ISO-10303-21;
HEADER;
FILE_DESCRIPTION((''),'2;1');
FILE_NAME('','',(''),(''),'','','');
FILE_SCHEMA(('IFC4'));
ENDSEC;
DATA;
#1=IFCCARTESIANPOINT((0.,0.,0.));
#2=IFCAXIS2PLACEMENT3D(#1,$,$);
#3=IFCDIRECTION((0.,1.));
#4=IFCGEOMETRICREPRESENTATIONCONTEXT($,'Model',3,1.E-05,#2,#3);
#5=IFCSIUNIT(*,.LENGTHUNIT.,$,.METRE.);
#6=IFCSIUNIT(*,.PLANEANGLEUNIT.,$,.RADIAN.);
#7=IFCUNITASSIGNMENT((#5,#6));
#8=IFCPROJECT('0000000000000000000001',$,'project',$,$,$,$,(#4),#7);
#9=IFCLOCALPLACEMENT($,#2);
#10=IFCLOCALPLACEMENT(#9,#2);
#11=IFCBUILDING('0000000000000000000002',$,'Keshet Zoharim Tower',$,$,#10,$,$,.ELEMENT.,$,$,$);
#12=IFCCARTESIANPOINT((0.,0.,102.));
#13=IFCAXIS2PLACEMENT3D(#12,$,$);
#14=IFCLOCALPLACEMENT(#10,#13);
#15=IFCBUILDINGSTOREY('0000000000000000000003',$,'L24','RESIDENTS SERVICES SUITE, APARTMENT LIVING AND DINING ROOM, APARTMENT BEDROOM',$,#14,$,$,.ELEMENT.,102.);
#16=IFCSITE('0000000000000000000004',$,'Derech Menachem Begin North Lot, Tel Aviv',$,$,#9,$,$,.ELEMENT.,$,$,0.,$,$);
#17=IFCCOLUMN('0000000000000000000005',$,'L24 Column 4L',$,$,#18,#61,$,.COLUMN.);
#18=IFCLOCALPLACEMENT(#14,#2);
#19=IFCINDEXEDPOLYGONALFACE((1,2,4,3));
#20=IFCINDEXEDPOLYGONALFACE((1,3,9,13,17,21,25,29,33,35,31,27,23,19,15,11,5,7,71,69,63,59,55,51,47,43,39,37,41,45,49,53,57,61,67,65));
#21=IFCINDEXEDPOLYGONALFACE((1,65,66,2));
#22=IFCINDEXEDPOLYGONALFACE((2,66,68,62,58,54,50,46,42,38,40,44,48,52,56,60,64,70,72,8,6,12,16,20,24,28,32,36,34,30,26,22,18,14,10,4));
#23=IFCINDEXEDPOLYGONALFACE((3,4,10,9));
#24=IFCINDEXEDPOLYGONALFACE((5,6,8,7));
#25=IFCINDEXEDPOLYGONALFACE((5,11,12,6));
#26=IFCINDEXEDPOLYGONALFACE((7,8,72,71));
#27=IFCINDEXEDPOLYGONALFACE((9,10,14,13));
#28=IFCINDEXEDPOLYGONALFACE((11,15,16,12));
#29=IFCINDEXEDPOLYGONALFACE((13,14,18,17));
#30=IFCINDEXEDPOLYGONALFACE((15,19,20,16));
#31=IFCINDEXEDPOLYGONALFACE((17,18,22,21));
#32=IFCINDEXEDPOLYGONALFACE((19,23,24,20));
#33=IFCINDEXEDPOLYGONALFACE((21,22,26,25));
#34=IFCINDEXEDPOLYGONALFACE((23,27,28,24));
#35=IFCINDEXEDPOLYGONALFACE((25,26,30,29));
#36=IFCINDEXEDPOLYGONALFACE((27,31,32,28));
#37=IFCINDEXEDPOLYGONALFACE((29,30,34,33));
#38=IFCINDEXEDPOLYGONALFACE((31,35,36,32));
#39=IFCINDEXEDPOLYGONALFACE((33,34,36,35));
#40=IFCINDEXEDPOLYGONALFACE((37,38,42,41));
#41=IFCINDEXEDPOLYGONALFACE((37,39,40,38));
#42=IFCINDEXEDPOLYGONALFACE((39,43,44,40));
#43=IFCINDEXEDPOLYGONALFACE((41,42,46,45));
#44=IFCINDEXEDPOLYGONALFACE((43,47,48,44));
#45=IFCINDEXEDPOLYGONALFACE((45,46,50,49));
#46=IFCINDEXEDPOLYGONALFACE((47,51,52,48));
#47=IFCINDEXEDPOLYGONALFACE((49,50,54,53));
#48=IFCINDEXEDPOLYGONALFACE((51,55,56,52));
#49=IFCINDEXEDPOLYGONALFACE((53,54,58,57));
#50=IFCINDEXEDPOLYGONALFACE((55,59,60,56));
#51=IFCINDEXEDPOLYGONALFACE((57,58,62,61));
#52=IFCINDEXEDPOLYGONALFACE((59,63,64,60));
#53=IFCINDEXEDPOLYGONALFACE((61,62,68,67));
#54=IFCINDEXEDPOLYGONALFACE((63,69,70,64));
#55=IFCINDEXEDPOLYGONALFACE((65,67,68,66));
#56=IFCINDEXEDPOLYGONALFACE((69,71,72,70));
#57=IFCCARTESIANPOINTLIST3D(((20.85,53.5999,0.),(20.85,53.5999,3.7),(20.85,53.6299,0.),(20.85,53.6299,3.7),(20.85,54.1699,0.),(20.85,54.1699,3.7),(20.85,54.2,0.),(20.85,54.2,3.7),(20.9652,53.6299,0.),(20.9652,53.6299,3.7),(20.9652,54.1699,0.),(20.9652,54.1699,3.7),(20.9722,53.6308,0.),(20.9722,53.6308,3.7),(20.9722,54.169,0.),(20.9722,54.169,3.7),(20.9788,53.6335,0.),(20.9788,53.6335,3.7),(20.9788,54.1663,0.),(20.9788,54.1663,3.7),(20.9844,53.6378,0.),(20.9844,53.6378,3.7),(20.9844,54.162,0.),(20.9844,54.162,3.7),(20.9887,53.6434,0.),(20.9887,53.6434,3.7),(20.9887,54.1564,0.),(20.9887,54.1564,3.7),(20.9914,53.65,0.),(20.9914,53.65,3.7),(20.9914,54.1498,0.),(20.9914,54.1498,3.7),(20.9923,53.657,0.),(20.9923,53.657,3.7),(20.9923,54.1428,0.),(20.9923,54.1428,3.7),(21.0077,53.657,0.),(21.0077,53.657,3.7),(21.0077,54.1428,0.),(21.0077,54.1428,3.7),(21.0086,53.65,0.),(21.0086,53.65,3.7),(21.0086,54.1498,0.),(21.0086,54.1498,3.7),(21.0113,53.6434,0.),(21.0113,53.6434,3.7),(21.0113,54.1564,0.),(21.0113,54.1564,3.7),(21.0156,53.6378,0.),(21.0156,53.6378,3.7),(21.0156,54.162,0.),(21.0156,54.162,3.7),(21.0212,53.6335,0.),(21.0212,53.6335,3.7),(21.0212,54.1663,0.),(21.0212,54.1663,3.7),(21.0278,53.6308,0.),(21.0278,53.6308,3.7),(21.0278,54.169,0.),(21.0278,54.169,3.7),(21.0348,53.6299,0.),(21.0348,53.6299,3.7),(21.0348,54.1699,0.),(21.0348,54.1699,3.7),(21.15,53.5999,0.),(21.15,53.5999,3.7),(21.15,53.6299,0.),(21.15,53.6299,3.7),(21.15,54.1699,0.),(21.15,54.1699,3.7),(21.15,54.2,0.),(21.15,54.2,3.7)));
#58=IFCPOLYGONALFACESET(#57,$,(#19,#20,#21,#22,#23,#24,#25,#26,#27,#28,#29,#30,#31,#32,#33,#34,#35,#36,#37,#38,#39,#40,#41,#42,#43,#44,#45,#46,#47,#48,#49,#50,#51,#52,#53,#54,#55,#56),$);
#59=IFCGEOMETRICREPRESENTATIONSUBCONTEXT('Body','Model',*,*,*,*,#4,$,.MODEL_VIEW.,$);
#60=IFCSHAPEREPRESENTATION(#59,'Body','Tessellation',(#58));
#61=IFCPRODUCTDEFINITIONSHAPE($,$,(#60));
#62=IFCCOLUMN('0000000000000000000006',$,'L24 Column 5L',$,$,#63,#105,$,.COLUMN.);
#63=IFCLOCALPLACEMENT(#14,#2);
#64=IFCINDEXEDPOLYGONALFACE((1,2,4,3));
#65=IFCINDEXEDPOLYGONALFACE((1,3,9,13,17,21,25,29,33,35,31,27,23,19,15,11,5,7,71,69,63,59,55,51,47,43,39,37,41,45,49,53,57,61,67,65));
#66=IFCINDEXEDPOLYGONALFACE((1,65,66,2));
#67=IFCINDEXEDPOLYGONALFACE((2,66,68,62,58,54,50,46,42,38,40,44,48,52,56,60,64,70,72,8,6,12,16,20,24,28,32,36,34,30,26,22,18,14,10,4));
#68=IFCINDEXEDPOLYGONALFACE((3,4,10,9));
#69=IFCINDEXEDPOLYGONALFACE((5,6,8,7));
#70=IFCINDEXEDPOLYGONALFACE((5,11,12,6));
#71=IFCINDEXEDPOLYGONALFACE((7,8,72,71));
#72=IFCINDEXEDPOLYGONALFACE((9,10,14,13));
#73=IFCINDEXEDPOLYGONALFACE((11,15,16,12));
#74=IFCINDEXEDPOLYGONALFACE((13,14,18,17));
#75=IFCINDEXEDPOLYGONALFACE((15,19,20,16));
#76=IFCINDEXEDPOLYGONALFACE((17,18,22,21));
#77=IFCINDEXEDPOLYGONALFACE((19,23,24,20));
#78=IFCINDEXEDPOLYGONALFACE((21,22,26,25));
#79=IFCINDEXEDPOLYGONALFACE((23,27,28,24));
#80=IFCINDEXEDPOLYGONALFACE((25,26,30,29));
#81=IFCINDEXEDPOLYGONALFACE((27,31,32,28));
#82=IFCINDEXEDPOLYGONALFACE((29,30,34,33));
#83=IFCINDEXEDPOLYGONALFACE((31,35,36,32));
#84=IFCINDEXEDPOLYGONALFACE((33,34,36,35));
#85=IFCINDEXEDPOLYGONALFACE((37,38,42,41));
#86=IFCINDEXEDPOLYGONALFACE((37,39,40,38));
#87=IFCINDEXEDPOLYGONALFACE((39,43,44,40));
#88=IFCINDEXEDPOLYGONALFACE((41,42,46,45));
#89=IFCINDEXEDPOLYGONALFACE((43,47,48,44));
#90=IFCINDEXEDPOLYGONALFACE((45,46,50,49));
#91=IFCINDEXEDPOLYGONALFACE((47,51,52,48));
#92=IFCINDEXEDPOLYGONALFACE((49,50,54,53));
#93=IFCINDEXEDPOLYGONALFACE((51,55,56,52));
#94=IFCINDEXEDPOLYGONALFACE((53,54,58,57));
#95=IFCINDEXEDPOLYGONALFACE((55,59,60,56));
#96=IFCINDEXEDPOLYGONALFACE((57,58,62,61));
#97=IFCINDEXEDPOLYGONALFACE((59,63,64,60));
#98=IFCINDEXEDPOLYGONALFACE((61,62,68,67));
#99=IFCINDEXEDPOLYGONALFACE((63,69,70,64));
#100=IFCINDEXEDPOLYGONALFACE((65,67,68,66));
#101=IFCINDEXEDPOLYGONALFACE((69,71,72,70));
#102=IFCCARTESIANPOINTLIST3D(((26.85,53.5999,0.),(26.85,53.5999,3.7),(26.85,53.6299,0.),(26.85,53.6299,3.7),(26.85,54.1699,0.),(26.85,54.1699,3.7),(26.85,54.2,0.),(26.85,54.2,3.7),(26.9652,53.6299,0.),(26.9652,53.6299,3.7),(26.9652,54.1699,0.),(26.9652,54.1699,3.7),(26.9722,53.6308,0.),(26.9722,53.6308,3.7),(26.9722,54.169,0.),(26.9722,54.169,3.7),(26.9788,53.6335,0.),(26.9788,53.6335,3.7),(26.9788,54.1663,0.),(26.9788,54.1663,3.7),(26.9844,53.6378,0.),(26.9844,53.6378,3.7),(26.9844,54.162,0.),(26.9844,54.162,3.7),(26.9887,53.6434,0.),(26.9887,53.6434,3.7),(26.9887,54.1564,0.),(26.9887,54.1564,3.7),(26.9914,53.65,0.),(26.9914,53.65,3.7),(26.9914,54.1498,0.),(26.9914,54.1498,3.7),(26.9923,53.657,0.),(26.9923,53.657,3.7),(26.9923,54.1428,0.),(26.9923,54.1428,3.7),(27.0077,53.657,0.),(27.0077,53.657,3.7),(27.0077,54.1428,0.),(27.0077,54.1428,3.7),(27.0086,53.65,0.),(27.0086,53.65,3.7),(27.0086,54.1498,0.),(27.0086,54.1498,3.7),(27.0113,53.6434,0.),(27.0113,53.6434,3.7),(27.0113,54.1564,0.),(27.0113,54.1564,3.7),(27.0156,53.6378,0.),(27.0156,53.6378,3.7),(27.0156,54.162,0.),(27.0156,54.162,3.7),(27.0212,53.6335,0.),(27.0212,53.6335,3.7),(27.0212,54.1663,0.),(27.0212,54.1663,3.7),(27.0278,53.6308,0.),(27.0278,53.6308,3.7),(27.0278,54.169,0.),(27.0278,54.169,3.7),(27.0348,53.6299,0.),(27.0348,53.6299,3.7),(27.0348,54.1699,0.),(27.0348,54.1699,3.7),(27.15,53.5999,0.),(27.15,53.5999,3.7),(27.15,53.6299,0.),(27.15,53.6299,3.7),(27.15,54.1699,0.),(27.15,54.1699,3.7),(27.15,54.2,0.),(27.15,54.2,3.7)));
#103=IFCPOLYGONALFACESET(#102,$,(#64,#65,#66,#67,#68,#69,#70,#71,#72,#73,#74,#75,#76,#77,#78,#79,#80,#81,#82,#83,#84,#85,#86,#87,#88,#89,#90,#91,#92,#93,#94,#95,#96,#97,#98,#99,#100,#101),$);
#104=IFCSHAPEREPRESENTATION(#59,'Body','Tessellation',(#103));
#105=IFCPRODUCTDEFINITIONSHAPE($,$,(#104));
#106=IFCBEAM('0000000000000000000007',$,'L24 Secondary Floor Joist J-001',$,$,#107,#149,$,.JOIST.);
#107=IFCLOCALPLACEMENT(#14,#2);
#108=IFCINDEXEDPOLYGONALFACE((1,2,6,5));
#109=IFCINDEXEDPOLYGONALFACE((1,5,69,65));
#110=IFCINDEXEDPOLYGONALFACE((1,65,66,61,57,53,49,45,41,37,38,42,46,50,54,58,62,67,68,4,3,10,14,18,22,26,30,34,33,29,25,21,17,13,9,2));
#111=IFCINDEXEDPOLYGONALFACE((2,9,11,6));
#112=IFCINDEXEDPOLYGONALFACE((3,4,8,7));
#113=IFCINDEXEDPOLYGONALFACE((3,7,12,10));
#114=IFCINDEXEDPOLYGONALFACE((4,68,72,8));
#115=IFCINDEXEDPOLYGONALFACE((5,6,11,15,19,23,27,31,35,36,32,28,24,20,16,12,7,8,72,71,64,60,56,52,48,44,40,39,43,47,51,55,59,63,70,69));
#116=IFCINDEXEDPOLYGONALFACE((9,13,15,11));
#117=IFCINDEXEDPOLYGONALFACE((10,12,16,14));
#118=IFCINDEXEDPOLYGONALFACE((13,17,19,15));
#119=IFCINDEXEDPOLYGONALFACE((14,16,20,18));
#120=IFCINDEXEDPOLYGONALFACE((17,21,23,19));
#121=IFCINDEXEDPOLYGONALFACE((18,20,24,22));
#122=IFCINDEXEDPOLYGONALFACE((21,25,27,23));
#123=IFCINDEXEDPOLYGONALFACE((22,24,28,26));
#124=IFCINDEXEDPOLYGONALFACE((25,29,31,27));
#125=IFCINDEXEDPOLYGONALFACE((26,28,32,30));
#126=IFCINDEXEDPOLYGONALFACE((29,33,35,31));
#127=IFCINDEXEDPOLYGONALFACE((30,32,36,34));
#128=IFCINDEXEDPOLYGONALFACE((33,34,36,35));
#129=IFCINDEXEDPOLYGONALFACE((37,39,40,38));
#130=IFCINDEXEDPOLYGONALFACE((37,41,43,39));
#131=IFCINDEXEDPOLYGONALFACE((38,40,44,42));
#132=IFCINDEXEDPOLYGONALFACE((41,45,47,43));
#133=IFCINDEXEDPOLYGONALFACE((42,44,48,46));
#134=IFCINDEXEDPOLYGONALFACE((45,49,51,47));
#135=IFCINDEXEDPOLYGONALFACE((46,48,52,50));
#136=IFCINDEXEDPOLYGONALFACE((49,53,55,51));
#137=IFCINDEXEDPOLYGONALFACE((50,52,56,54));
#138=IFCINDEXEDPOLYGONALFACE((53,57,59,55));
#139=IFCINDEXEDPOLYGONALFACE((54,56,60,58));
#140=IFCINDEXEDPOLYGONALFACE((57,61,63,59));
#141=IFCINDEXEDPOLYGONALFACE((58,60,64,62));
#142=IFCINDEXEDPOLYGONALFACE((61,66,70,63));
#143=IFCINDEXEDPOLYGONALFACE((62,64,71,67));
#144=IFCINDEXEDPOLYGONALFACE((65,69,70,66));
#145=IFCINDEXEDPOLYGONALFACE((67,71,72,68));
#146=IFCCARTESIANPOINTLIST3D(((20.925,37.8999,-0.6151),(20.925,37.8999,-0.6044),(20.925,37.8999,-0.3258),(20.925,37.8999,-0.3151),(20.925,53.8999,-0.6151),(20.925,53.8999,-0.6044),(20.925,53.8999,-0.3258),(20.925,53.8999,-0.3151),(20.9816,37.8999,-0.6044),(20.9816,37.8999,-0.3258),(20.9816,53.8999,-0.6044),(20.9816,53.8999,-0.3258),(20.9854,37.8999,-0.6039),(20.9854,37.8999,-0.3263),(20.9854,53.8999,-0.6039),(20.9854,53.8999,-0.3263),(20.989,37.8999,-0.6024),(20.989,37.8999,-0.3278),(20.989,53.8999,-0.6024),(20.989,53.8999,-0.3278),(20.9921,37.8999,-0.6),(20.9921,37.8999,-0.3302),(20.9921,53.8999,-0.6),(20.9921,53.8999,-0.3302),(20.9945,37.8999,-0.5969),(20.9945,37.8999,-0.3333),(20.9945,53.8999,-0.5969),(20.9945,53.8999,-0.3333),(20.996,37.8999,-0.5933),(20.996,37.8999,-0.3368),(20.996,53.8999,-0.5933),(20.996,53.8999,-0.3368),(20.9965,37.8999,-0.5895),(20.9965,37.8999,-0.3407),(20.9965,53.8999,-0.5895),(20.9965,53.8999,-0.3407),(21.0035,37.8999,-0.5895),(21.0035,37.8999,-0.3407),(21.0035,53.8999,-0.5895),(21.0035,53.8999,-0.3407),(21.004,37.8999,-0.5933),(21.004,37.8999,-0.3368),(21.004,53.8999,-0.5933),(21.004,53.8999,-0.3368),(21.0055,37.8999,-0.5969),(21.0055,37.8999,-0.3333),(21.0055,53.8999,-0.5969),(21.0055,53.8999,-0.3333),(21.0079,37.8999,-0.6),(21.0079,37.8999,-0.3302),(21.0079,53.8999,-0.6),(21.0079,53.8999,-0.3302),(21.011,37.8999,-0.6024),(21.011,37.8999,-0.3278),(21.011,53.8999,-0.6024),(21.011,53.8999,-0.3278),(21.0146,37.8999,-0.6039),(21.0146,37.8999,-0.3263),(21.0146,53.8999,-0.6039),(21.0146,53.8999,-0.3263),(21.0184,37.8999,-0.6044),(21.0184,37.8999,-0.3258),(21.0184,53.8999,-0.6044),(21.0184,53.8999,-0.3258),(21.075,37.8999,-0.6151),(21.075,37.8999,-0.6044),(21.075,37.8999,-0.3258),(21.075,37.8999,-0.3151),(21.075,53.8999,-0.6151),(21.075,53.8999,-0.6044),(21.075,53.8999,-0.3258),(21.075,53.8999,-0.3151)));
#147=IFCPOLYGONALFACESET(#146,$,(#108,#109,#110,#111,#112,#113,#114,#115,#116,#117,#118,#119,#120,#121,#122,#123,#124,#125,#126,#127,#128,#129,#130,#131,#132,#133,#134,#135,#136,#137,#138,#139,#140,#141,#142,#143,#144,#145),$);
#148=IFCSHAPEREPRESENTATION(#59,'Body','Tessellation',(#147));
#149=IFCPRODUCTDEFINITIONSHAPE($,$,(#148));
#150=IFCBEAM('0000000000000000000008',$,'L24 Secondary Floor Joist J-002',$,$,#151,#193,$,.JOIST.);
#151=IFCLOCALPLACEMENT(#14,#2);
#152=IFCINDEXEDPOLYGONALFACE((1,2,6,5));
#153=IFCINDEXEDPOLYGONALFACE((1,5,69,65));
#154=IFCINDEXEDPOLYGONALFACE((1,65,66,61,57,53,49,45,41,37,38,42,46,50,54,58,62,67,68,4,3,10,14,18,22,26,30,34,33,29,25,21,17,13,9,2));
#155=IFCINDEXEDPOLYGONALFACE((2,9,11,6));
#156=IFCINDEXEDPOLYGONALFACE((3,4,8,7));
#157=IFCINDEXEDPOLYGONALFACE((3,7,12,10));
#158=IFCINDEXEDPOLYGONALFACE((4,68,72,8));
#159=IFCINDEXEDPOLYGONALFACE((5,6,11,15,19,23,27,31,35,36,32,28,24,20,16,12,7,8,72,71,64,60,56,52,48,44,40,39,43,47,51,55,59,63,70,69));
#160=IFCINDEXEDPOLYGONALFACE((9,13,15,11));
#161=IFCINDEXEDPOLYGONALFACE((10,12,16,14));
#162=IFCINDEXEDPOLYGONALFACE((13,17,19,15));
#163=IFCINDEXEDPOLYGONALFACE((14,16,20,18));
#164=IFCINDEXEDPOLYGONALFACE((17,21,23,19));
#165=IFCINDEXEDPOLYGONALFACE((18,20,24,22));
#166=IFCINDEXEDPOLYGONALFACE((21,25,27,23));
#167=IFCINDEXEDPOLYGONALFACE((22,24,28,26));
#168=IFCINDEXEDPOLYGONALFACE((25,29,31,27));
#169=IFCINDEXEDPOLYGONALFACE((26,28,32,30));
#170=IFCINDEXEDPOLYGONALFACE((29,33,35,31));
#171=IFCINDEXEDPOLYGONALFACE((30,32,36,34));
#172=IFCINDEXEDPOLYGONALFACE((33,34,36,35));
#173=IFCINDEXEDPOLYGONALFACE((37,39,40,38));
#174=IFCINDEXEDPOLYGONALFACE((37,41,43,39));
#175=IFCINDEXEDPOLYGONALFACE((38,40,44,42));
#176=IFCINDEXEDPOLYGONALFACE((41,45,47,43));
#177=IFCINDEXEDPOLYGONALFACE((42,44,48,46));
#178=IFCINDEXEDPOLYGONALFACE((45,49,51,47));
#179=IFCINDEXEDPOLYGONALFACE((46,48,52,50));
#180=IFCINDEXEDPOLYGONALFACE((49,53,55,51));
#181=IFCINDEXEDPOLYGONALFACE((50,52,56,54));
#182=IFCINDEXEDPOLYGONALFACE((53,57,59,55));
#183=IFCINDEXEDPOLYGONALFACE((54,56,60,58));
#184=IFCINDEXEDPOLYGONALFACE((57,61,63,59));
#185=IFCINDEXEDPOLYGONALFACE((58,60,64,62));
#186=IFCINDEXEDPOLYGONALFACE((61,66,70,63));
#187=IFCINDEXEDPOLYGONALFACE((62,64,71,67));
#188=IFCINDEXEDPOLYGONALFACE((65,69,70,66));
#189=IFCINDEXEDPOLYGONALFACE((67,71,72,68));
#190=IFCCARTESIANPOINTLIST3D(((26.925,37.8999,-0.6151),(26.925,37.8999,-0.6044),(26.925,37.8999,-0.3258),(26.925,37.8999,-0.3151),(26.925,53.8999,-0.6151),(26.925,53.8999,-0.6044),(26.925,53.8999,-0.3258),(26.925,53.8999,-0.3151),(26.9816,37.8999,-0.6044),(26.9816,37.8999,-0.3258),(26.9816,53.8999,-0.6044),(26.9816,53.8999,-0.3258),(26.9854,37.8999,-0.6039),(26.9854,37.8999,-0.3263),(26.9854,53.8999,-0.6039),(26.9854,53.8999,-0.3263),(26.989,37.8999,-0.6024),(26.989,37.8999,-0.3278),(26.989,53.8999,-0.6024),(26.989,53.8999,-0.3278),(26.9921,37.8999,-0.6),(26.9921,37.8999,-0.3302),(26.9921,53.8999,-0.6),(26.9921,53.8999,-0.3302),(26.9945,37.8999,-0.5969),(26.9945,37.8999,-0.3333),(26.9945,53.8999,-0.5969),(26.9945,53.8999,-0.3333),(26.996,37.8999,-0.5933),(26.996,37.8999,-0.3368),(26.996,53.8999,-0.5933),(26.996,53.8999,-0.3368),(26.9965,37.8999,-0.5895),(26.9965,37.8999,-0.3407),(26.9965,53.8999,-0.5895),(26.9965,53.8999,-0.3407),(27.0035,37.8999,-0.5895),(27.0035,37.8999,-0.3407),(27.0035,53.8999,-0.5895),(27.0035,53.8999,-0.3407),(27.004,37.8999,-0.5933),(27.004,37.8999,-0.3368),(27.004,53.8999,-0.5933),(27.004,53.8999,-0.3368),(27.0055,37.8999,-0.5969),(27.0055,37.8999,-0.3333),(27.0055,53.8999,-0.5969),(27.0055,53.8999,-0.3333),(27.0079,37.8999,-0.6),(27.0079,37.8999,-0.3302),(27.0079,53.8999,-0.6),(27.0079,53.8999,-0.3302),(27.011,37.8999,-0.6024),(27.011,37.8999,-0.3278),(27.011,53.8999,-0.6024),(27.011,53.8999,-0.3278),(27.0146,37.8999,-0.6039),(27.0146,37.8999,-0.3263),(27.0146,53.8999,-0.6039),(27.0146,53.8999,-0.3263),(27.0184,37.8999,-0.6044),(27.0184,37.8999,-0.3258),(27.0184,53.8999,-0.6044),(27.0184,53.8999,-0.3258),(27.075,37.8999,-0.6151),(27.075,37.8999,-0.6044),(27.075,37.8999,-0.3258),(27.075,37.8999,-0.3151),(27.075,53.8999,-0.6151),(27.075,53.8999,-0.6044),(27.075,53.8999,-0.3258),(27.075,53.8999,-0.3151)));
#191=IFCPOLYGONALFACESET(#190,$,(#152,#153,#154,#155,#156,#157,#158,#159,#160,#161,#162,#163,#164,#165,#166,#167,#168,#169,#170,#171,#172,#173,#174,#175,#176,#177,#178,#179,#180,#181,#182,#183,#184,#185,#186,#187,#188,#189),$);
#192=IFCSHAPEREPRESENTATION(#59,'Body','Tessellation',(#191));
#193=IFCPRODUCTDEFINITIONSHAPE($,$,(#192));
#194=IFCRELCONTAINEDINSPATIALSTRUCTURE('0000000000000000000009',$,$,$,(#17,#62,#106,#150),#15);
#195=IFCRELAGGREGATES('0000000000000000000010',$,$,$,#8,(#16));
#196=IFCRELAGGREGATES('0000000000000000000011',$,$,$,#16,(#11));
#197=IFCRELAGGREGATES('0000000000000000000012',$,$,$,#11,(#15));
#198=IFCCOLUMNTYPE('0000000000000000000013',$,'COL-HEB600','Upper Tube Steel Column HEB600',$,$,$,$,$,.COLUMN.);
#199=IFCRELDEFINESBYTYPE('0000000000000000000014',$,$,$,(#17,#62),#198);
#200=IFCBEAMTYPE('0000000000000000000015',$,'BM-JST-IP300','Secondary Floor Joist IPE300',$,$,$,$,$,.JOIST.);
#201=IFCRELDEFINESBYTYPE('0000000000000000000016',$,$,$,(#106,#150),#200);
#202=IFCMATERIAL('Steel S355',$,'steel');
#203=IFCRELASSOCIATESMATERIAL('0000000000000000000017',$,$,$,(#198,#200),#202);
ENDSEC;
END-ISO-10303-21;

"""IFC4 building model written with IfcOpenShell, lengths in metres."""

from ifc_helpers import new_model, si_unit, direction, frame, origin, origin_2d, place, context, subcontext, project, spatial, i_section, extrude, material, material_profile, profile_set, type_object, element, save


model = new_model("IFC4")

# Units and contexts
model_context = context("Model", 3, precision=1e-05, world=origin(), true_north=direction((0.0, 1.0)))
body_context = subcontext(model_context, "Body", "Model", "MODEL_VIEW")
ifc_project = project(units=[si_unit("LENGTHUNIT", "METRE"), si_unit("PLANEANGLEUNIT", "RADIAN")], contexts=[model_context])

# Site, building, storey
site_placement = place(None, origin())
site = spatial("IfcSite", under=ifc_project, at=site_placement, Name="Derech Menachem Begin North Lot, Tel Aviv", CompositionType="ELEMENT", RefElevation=0.0)
building_placement = place(site_placement, origin())
building = spatial("IfcBuilding", under=site, at=building_placement, Name="Keshet Zoharim Tower", CompositionType="ELEMENT")
storey_placement = place(building_placement, frame((0.0, 0.0, 102.0)))
storey = spatial("IfcBuildingStorey", under=building, at=storey_placement, Name="L24", Description="RESIDENTS SERVICES SUITE, APARTMENT LIVING AND DINING ROOM, APARTMENT BEDROOM", CompositionType="ELEMENT", Elevation=102.0)

# Columns
ifc_material_1 = material(Name="Steel S355", Category="steel")
ifc_material_profile_1 = material_profile(ifc_material_1, i_section(OverallWidth=0.3, OverallDepth=0.6001, WebThickness=0.0154, FlangeThickness=0.03, FilletRadius=0.0271, at=origin_2d()), Name="HEB600")
ifc_profile_set_1 = profile_set([ifc_material_profile_1], Name="Steel S355")
column_type = type_object("IfcColumnType", Name="COL-HEB600", Description="Upper Tube Steel Column HEB600", PredefinedType="COLUMN", material=ifc_profile_set_1)
for number, where, z_axis, x_axis, name in (
    (1, (21.0, 53.8999, 0.0), (0.0, 0.0, 1.0), (1.0, 0.0, 0.0), "L24 Column 4L"),
    (2, (27.0, 53.8999, 0.0), (0.0, 0.0, 1.0), (1.0, 0.0, 0.0), "L24 Column 5L"),
):
    element("IfcColumn", number, at=place(storey_placement, frame(where, z_axis=z_axis, x_axis=x_axis)), inside=storey, type_object=column_type, Name=name, PredefinedType="COLUMN", context=body_context, shape_type="SweptSolid", body=[
        extrude(i_section(OverallWidth=0.3, OverallDepth=0.6001, WebThickness=0.0154, FlangeThickness=0.03, FilletRadius=0.0271, at=origin_2d()), origin(), (0.0, 0.0, 1.0), 3.7),
    ])

# Beams
ifc_material_profile_2 = material_profile(ifc_material_1, i_section(OverallWidth=0.1499, OverallDepth=0.3, WebThickness=0.0071, FlangeThickness=0.0107, FilletRadius=0.0149, at=origin_2d()), Name="IPE300")
ifc_profile_set_2 = profile_set([ifc_material_profile_2], Name="Steel S355")
beam_type_1 = type_object("IfcBeamType", Name="BM-JST-IP300", Description="Secondary Floor Joist IPE300", PredefinedType="JOIST", material=ifc_profile_set_2)
for number, where, z_axis, x_axis, name in (
    (3, (21.0, 37.8999, -0.4651), (0.0, 1.0, 0.0), (-1.0, 0.0, 0.0), "L24 Secondary Floor Joist J-001"),
    (4, (27.0, 37.8999, -0.4651), (0.0, 1.0, 0.0), (-1.0, 0.0, 0.0), "L24 Secondary Floor Joist J-002"),
):
    element("IfcBeam", number, at=place(storey_placement, frame(where, z_axis=z_axis, x_axis=x_axis)), inside=storey, type_object=beam_type_1, Name=name, PredefinedType="JOIST", context=body_context, shape_type="SweptSolid", body=[
        extrude(i_section(OverallWidth=0.1499, OverallDepth=0.3, WebThickness=0.0071, FlangeThickness=0.0107, FilletRadius=0.0149, at=origin_2d()), origin(), (0.0, 0.0, 1.0), 16.0),
    ])

save(model, "model.ifc")
